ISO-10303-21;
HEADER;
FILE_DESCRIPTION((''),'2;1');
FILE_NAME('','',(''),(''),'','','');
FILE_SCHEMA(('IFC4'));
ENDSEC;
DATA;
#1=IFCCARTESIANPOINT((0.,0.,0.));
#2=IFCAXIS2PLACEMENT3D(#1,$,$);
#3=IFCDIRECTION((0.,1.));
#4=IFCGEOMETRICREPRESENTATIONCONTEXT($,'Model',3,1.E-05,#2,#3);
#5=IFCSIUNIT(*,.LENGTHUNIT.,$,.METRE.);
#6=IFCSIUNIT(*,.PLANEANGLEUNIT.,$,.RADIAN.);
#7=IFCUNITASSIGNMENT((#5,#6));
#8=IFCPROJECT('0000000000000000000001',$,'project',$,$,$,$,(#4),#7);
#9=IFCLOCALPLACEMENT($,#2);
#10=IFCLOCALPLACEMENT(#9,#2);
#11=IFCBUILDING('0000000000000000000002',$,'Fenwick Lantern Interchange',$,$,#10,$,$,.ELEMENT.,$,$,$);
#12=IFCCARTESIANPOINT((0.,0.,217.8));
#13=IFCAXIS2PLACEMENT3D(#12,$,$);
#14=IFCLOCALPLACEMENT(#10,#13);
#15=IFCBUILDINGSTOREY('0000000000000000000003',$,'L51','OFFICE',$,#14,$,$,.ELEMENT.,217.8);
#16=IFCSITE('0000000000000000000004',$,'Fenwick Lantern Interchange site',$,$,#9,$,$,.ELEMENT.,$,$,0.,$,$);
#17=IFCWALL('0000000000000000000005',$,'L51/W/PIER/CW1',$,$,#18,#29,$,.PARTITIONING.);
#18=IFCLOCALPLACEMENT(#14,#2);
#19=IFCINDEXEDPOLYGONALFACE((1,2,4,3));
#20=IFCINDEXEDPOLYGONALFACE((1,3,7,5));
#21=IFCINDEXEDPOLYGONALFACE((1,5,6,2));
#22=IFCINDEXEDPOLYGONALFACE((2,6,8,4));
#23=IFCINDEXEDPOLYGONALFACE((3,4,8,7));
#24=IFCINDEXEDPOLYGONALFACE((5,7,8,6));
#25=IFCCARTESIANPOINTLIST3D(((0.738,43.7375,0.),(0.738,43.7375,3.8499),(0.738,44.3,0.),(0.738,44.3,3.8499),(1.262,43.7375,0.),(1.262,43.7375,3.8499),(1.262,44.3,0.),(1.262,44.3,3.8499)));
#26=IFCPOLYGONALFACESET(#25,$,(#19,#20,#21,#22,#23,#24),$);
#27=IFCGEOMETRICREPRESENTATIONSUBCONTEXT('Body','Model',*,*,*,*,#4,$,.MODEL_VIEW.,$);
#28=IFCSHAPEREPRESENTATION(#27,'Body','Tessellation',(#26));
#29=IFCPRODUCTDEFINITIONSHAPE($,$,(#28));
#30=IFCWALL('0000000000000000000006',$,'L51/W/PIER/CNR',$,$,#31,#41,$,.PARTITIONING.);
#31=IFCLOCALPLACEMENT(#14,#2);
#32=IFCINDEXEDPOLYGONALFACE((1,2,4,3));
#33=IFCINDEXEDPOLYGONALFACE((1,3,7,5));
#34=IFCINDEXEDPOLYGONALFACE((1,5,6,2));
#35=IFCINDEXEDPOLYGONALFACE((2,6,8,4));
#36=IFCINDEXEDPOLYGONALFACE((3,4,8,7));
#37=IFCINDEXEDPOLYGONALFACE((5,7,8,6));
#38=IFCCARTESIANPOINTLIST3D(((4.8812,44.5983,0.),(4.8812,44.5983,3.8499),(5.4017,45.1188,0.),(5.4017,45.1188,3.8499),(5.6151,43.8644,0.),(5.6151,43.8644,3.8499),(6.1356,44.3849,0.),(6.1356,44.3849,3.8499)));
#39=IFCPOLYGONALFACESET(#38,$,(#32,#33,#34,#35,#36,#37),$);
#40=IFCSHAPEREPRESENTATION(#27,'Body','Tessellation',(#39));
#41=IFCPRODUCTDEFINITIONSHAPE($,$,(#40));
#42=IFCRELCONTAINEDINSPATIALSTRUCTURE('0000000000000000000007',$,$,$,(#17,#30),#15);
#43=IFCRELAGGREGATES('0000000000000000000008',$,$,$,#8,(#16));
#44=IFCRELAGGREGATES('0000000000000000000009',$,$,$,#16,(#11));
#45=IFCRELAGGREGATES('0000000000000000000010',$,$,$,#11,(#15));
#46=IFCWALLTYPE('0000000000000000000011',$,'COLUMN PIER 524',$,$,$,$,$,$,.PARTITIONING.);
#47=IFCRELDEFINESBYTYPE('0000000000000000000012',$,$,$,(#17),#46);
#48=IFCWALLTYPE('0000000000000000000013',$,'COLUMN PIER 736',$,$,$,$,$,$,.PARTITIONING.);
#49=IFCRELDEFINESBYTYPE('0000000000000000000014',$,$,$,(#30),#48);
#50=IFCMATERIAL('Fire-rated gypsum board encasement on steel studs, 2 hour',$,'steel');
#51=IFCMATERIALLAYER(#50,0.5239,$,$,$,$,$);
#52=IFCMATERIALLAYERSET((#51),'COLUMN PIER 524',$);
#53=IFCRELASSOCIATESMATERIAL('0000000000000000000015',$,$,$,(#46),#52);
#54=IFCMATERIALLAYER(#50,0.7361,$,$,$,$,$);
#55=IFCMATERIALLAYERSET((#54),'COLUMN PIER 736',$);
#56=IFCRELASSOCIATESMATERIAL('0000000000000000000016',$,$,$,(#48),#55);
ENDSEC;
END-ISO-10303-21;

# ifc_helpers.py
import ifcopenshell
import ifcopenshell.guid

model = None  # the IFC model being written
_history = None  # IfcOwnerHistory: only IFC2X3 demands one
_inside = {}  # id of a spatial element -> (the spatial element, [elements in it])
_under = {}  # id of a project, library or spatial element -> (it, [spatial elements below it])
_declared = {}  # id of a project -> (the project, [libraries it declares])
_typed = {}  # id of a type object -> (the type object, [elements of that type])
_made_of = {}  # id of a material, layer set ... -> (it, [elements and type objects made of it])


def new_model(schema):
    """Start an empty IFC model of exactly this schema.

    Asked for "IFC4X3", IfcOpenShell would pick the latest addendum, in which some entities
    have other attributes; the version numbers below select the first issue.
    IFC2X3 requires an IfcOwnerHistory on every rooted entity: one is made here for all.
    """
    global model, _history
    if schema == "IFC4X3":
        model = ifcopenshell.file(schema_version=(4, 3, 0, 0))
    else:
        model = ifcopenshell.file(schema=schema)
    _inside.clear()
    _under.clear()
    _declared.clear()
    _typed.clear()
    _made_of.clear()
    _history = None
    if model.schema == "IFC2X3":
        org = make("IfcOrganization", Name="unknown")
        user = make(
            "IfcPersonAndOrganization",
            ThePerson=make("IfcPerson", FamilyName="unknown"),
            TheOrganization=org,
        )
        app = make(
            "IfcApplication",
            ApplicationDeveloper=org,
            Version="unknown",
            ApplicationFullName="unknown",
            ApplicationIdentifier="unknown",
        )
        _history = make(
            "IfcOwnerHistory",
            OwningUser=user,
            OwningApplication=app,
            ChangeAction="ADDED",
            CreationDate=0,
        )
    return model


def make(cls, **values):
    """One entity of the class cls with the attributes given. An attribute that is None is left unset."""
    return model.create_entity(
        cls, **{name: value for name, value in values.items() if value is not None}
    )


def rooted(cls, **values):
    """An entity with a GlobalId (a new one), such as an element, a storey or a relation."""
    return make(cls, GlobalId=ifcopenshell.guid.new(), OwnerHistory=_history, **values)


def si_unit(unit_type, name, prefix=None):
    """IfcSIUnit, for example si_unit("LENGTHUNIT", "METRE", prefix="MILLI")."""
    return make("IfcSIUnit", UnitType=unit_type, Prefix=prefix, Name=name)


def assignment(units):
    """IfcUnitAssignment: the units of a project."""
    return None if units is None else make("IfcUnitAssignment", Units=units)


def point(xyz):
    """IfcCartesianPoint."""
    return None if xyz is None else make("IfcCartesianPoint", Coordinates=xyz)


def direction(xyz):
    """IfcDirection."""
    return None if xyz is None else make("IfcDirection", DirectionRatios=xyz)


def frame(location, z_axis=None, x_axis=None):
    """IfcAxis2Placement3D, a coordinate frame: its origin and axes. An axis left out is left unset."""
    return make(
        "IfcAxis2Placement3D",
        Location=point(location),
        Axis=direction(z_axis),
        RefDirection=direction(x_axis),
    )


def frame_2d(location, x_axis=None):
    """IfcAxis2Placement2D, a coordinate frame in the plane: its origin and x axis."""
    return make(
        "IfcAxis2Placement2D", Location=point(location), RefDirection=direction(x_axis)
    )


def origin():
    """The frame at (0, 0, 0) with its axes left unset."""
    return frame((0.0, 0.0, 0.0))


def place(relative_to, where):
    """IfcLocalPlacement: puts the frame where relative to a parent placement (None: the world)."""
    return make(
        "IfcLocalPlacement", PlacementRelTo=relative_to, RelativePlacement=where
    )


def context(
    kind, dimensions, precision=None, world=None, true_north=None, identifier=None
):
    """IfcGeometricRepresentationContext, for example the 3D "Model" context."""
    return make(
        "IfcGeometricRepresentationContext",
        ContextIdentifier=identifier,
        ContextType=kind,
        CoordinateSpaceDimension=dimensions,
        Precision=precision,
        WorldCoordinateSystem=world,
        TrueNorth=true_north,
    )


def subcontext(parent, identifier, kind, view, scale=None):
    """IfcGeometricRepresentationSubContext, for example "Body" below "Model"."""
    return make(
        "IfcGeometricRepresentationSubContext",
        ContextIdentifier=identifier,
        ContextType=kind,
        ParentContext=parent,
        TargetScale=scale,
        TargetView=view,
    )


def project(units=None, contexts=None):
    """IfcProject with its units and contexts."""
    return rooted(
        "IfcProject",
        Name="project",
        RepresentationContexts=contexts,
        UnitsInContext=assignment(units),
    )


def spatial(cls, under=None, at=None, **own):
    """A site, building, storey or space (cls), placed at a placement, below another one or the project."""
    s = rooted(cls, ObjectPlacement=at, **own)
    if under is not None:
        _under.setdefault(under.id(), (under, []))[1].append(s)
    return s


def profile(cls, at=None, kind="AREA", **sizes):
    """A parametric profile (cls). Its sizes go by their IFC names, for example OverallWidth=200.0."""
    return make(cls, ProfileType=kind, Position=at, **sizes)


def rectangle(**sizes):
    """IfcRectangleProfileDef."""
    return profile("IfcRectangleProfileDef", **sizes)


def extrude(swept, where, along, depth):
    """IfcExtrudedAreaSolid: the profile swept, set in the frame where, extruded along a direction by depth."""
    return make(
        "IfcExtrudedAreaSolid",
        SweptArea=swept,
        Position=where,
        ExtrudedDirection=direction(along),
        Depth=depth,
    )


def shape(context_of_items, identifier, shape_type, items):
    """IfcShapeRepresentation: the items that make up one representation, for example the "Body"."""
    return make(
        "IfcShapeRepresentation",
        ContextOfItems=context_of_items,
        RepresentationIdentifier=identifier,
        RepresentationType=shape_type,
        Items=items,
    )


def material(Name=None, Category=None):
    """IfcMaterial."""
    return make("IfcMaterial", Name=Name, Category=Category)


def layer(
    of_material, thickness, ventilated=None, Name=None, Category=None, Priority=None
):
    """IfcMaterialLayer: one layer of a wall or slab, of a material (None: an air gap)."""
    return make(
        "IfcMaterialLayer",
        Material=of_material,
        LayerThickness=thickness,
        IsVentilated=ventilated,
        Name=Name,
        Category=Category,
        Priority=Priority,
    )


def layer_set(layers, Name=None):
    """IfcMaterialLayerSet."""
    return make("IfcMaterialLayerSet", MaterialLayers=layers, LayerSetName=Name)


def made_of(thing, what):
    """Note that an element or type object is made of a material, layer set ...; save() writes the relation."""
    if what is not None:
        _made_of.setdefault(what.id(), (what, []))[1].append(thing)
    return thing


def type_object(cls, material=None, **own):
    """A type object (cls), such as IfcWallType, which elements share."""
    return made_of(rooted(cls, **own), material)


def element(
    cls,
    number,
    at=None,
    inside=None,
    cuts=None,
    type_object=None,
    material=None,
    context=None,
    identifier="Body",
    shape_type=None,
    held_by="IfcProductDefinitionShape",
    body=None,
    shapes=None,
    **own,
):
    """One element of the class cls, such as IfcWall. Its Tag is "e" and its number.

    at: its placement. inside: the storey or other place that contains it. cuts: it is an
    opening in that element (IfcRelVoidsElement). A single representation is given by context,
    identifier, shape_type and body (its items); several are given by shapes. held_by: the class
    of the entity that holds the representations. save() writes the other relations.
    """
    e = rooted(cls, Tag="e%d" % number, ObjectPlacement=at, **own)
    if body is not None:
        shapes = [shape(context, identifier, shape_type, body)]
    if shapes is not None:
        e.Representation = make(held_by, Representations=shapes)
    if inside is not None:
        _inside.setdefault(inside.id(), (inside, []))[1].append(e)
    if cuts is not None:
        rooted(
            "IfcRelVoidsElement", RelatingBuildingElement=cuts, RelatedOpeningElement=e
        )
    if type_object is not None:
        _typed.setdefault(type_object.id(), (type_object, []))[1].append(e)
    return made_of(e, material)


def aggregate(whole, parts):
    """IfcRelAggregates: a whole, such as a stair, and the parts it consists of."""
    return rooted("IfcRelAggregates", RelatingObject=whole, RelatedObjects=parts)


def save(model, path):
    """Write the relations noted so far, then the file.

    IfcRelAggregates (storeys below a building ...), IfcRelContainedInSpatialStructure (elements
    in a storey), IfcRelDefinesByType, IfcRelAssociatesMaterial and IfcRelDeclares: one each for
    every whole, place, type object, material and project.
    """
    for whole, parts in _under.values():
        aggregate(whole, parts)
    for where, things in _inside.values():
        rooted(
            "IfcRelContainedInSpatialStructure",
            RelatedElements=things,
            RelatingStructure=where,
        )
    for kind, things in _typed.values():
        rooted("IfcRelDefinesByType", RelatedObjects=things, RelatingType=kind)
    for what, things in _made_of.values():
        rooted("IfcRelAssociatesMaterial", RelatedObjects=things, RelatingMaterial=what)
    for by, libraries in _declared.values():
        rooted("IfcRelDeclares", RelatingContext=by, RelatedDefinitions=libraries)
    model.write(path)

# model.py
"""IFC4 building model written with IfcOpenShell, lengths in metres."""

from ifc_helpers import new_model, si_unit, direction, frame, frame_2d, origin, place, context, subcontext, project, spatial, rectangle, extrude, material, layer, layer_set, type_object, element, save


model = new_model("IFC4")

# Units and contexts
model_context = context("Model", 3, precision=1e-05, world=origin(), true_north=direction((0.0, 1.0)))
body_context = subcontext(model_context, "Body", "Model", "MODEL_VIEW")
ifc_project = project(units=[si_unit("LENGTHUNIT", "METRE"), si_unit("PLANEANGLEUNIT", "RADIAN")], contexts=[model_context])

# Site, building, storey
site_placement = place(None, origin())
site = spatial("IfcSite", under=ifc_project, at=site_placement, Name="Fenwick Lantern Interchange site", CompositionType="ELEMENT", RefElevation=0.0)
building_placement = place(site_placement, origin())
building = spatial("IfcBuilding", under=site, at=building_placement, Name="Fenwick Lantern Interchange", CompositionType="ELEMENT")
storey_placement = place(building_placement, frame((0.0, 0.0, 217.8)))
storey = spatial("IfcBuildingStorey", under=building, at=storey_placement, Name="L51", Description="OFFICE", CompositionType="ELEMENT", Elevation=217.8)

# Walls
ifc_material_1 = material(Name="Fire-rated gypsum board encasement on steel studs, 2 hour", Category="steel")
ifc_layer_1 = layer(ifc_material_1, 0.5239)
ifc_layer_set_1 = layer_set([ifc_layer_1], Name="COLUMN PIER 524")
wall_type_1 = type_object("IfcWallType", Name="COLUMN PIER 524", PredefinedType="PARTITIONING", material=ifc_layer_set_1)
wall_1_placement = place(storey_placement, frame((1.0, 44.3, 0.0), z_axis=(0.0, 0.0, 1.0), x_axis=(0.0, -1.0, 0.0)))
element("IfcWall", 1, at=wall_1_placement, inside=storey, type_object=wall_type_1, Name="L51/W/PIER/CW1", PredefinedType="PARTITIONING", context=body_context, shape_type="SweptSolid", body=[
    extrude(rectangle(XDim=0.5625, YDim=0.5239, at=frame_2d((0.2812, 0.0))), origin(), (0.0, 0.0, 1.0), 3.8499),
])
ifc_layer_2 = layer(ifc_material_1, 0.7361)
ifc_layer_set_2 = layer_set([ifc_layer_2], Name="COLUMN PIER 736")
wall_type_2 = type_object("IfcWallType", Name="COLUMN PIER 736", PredefinedType="PARTITIONING", material=ifc_layer_set_2)
wall_2_placement = place(storey_placement, frame((5.1414, 44.8586, 0.0), z_axis=(0.0, 0.0, 1.0), x_axis=(0.707107, -0.707107, 0.0)))
element("IfcWall", 2, at=wall_2_placement, inside=storey, type_object=wall_type_2, Name="L51/W/PIER/CNR", PredefinedType="PARTITIONING", context=body_context, shape_type="SweptSolid", body=[
    extrude(rectangle(XDim=1.0378, YDim=0.7361, at=frame_2d((0.519, 0.0))), origin(), (0.0, 0.0, 1.0), 3.8499),
])

save(model, "model.ifc")
